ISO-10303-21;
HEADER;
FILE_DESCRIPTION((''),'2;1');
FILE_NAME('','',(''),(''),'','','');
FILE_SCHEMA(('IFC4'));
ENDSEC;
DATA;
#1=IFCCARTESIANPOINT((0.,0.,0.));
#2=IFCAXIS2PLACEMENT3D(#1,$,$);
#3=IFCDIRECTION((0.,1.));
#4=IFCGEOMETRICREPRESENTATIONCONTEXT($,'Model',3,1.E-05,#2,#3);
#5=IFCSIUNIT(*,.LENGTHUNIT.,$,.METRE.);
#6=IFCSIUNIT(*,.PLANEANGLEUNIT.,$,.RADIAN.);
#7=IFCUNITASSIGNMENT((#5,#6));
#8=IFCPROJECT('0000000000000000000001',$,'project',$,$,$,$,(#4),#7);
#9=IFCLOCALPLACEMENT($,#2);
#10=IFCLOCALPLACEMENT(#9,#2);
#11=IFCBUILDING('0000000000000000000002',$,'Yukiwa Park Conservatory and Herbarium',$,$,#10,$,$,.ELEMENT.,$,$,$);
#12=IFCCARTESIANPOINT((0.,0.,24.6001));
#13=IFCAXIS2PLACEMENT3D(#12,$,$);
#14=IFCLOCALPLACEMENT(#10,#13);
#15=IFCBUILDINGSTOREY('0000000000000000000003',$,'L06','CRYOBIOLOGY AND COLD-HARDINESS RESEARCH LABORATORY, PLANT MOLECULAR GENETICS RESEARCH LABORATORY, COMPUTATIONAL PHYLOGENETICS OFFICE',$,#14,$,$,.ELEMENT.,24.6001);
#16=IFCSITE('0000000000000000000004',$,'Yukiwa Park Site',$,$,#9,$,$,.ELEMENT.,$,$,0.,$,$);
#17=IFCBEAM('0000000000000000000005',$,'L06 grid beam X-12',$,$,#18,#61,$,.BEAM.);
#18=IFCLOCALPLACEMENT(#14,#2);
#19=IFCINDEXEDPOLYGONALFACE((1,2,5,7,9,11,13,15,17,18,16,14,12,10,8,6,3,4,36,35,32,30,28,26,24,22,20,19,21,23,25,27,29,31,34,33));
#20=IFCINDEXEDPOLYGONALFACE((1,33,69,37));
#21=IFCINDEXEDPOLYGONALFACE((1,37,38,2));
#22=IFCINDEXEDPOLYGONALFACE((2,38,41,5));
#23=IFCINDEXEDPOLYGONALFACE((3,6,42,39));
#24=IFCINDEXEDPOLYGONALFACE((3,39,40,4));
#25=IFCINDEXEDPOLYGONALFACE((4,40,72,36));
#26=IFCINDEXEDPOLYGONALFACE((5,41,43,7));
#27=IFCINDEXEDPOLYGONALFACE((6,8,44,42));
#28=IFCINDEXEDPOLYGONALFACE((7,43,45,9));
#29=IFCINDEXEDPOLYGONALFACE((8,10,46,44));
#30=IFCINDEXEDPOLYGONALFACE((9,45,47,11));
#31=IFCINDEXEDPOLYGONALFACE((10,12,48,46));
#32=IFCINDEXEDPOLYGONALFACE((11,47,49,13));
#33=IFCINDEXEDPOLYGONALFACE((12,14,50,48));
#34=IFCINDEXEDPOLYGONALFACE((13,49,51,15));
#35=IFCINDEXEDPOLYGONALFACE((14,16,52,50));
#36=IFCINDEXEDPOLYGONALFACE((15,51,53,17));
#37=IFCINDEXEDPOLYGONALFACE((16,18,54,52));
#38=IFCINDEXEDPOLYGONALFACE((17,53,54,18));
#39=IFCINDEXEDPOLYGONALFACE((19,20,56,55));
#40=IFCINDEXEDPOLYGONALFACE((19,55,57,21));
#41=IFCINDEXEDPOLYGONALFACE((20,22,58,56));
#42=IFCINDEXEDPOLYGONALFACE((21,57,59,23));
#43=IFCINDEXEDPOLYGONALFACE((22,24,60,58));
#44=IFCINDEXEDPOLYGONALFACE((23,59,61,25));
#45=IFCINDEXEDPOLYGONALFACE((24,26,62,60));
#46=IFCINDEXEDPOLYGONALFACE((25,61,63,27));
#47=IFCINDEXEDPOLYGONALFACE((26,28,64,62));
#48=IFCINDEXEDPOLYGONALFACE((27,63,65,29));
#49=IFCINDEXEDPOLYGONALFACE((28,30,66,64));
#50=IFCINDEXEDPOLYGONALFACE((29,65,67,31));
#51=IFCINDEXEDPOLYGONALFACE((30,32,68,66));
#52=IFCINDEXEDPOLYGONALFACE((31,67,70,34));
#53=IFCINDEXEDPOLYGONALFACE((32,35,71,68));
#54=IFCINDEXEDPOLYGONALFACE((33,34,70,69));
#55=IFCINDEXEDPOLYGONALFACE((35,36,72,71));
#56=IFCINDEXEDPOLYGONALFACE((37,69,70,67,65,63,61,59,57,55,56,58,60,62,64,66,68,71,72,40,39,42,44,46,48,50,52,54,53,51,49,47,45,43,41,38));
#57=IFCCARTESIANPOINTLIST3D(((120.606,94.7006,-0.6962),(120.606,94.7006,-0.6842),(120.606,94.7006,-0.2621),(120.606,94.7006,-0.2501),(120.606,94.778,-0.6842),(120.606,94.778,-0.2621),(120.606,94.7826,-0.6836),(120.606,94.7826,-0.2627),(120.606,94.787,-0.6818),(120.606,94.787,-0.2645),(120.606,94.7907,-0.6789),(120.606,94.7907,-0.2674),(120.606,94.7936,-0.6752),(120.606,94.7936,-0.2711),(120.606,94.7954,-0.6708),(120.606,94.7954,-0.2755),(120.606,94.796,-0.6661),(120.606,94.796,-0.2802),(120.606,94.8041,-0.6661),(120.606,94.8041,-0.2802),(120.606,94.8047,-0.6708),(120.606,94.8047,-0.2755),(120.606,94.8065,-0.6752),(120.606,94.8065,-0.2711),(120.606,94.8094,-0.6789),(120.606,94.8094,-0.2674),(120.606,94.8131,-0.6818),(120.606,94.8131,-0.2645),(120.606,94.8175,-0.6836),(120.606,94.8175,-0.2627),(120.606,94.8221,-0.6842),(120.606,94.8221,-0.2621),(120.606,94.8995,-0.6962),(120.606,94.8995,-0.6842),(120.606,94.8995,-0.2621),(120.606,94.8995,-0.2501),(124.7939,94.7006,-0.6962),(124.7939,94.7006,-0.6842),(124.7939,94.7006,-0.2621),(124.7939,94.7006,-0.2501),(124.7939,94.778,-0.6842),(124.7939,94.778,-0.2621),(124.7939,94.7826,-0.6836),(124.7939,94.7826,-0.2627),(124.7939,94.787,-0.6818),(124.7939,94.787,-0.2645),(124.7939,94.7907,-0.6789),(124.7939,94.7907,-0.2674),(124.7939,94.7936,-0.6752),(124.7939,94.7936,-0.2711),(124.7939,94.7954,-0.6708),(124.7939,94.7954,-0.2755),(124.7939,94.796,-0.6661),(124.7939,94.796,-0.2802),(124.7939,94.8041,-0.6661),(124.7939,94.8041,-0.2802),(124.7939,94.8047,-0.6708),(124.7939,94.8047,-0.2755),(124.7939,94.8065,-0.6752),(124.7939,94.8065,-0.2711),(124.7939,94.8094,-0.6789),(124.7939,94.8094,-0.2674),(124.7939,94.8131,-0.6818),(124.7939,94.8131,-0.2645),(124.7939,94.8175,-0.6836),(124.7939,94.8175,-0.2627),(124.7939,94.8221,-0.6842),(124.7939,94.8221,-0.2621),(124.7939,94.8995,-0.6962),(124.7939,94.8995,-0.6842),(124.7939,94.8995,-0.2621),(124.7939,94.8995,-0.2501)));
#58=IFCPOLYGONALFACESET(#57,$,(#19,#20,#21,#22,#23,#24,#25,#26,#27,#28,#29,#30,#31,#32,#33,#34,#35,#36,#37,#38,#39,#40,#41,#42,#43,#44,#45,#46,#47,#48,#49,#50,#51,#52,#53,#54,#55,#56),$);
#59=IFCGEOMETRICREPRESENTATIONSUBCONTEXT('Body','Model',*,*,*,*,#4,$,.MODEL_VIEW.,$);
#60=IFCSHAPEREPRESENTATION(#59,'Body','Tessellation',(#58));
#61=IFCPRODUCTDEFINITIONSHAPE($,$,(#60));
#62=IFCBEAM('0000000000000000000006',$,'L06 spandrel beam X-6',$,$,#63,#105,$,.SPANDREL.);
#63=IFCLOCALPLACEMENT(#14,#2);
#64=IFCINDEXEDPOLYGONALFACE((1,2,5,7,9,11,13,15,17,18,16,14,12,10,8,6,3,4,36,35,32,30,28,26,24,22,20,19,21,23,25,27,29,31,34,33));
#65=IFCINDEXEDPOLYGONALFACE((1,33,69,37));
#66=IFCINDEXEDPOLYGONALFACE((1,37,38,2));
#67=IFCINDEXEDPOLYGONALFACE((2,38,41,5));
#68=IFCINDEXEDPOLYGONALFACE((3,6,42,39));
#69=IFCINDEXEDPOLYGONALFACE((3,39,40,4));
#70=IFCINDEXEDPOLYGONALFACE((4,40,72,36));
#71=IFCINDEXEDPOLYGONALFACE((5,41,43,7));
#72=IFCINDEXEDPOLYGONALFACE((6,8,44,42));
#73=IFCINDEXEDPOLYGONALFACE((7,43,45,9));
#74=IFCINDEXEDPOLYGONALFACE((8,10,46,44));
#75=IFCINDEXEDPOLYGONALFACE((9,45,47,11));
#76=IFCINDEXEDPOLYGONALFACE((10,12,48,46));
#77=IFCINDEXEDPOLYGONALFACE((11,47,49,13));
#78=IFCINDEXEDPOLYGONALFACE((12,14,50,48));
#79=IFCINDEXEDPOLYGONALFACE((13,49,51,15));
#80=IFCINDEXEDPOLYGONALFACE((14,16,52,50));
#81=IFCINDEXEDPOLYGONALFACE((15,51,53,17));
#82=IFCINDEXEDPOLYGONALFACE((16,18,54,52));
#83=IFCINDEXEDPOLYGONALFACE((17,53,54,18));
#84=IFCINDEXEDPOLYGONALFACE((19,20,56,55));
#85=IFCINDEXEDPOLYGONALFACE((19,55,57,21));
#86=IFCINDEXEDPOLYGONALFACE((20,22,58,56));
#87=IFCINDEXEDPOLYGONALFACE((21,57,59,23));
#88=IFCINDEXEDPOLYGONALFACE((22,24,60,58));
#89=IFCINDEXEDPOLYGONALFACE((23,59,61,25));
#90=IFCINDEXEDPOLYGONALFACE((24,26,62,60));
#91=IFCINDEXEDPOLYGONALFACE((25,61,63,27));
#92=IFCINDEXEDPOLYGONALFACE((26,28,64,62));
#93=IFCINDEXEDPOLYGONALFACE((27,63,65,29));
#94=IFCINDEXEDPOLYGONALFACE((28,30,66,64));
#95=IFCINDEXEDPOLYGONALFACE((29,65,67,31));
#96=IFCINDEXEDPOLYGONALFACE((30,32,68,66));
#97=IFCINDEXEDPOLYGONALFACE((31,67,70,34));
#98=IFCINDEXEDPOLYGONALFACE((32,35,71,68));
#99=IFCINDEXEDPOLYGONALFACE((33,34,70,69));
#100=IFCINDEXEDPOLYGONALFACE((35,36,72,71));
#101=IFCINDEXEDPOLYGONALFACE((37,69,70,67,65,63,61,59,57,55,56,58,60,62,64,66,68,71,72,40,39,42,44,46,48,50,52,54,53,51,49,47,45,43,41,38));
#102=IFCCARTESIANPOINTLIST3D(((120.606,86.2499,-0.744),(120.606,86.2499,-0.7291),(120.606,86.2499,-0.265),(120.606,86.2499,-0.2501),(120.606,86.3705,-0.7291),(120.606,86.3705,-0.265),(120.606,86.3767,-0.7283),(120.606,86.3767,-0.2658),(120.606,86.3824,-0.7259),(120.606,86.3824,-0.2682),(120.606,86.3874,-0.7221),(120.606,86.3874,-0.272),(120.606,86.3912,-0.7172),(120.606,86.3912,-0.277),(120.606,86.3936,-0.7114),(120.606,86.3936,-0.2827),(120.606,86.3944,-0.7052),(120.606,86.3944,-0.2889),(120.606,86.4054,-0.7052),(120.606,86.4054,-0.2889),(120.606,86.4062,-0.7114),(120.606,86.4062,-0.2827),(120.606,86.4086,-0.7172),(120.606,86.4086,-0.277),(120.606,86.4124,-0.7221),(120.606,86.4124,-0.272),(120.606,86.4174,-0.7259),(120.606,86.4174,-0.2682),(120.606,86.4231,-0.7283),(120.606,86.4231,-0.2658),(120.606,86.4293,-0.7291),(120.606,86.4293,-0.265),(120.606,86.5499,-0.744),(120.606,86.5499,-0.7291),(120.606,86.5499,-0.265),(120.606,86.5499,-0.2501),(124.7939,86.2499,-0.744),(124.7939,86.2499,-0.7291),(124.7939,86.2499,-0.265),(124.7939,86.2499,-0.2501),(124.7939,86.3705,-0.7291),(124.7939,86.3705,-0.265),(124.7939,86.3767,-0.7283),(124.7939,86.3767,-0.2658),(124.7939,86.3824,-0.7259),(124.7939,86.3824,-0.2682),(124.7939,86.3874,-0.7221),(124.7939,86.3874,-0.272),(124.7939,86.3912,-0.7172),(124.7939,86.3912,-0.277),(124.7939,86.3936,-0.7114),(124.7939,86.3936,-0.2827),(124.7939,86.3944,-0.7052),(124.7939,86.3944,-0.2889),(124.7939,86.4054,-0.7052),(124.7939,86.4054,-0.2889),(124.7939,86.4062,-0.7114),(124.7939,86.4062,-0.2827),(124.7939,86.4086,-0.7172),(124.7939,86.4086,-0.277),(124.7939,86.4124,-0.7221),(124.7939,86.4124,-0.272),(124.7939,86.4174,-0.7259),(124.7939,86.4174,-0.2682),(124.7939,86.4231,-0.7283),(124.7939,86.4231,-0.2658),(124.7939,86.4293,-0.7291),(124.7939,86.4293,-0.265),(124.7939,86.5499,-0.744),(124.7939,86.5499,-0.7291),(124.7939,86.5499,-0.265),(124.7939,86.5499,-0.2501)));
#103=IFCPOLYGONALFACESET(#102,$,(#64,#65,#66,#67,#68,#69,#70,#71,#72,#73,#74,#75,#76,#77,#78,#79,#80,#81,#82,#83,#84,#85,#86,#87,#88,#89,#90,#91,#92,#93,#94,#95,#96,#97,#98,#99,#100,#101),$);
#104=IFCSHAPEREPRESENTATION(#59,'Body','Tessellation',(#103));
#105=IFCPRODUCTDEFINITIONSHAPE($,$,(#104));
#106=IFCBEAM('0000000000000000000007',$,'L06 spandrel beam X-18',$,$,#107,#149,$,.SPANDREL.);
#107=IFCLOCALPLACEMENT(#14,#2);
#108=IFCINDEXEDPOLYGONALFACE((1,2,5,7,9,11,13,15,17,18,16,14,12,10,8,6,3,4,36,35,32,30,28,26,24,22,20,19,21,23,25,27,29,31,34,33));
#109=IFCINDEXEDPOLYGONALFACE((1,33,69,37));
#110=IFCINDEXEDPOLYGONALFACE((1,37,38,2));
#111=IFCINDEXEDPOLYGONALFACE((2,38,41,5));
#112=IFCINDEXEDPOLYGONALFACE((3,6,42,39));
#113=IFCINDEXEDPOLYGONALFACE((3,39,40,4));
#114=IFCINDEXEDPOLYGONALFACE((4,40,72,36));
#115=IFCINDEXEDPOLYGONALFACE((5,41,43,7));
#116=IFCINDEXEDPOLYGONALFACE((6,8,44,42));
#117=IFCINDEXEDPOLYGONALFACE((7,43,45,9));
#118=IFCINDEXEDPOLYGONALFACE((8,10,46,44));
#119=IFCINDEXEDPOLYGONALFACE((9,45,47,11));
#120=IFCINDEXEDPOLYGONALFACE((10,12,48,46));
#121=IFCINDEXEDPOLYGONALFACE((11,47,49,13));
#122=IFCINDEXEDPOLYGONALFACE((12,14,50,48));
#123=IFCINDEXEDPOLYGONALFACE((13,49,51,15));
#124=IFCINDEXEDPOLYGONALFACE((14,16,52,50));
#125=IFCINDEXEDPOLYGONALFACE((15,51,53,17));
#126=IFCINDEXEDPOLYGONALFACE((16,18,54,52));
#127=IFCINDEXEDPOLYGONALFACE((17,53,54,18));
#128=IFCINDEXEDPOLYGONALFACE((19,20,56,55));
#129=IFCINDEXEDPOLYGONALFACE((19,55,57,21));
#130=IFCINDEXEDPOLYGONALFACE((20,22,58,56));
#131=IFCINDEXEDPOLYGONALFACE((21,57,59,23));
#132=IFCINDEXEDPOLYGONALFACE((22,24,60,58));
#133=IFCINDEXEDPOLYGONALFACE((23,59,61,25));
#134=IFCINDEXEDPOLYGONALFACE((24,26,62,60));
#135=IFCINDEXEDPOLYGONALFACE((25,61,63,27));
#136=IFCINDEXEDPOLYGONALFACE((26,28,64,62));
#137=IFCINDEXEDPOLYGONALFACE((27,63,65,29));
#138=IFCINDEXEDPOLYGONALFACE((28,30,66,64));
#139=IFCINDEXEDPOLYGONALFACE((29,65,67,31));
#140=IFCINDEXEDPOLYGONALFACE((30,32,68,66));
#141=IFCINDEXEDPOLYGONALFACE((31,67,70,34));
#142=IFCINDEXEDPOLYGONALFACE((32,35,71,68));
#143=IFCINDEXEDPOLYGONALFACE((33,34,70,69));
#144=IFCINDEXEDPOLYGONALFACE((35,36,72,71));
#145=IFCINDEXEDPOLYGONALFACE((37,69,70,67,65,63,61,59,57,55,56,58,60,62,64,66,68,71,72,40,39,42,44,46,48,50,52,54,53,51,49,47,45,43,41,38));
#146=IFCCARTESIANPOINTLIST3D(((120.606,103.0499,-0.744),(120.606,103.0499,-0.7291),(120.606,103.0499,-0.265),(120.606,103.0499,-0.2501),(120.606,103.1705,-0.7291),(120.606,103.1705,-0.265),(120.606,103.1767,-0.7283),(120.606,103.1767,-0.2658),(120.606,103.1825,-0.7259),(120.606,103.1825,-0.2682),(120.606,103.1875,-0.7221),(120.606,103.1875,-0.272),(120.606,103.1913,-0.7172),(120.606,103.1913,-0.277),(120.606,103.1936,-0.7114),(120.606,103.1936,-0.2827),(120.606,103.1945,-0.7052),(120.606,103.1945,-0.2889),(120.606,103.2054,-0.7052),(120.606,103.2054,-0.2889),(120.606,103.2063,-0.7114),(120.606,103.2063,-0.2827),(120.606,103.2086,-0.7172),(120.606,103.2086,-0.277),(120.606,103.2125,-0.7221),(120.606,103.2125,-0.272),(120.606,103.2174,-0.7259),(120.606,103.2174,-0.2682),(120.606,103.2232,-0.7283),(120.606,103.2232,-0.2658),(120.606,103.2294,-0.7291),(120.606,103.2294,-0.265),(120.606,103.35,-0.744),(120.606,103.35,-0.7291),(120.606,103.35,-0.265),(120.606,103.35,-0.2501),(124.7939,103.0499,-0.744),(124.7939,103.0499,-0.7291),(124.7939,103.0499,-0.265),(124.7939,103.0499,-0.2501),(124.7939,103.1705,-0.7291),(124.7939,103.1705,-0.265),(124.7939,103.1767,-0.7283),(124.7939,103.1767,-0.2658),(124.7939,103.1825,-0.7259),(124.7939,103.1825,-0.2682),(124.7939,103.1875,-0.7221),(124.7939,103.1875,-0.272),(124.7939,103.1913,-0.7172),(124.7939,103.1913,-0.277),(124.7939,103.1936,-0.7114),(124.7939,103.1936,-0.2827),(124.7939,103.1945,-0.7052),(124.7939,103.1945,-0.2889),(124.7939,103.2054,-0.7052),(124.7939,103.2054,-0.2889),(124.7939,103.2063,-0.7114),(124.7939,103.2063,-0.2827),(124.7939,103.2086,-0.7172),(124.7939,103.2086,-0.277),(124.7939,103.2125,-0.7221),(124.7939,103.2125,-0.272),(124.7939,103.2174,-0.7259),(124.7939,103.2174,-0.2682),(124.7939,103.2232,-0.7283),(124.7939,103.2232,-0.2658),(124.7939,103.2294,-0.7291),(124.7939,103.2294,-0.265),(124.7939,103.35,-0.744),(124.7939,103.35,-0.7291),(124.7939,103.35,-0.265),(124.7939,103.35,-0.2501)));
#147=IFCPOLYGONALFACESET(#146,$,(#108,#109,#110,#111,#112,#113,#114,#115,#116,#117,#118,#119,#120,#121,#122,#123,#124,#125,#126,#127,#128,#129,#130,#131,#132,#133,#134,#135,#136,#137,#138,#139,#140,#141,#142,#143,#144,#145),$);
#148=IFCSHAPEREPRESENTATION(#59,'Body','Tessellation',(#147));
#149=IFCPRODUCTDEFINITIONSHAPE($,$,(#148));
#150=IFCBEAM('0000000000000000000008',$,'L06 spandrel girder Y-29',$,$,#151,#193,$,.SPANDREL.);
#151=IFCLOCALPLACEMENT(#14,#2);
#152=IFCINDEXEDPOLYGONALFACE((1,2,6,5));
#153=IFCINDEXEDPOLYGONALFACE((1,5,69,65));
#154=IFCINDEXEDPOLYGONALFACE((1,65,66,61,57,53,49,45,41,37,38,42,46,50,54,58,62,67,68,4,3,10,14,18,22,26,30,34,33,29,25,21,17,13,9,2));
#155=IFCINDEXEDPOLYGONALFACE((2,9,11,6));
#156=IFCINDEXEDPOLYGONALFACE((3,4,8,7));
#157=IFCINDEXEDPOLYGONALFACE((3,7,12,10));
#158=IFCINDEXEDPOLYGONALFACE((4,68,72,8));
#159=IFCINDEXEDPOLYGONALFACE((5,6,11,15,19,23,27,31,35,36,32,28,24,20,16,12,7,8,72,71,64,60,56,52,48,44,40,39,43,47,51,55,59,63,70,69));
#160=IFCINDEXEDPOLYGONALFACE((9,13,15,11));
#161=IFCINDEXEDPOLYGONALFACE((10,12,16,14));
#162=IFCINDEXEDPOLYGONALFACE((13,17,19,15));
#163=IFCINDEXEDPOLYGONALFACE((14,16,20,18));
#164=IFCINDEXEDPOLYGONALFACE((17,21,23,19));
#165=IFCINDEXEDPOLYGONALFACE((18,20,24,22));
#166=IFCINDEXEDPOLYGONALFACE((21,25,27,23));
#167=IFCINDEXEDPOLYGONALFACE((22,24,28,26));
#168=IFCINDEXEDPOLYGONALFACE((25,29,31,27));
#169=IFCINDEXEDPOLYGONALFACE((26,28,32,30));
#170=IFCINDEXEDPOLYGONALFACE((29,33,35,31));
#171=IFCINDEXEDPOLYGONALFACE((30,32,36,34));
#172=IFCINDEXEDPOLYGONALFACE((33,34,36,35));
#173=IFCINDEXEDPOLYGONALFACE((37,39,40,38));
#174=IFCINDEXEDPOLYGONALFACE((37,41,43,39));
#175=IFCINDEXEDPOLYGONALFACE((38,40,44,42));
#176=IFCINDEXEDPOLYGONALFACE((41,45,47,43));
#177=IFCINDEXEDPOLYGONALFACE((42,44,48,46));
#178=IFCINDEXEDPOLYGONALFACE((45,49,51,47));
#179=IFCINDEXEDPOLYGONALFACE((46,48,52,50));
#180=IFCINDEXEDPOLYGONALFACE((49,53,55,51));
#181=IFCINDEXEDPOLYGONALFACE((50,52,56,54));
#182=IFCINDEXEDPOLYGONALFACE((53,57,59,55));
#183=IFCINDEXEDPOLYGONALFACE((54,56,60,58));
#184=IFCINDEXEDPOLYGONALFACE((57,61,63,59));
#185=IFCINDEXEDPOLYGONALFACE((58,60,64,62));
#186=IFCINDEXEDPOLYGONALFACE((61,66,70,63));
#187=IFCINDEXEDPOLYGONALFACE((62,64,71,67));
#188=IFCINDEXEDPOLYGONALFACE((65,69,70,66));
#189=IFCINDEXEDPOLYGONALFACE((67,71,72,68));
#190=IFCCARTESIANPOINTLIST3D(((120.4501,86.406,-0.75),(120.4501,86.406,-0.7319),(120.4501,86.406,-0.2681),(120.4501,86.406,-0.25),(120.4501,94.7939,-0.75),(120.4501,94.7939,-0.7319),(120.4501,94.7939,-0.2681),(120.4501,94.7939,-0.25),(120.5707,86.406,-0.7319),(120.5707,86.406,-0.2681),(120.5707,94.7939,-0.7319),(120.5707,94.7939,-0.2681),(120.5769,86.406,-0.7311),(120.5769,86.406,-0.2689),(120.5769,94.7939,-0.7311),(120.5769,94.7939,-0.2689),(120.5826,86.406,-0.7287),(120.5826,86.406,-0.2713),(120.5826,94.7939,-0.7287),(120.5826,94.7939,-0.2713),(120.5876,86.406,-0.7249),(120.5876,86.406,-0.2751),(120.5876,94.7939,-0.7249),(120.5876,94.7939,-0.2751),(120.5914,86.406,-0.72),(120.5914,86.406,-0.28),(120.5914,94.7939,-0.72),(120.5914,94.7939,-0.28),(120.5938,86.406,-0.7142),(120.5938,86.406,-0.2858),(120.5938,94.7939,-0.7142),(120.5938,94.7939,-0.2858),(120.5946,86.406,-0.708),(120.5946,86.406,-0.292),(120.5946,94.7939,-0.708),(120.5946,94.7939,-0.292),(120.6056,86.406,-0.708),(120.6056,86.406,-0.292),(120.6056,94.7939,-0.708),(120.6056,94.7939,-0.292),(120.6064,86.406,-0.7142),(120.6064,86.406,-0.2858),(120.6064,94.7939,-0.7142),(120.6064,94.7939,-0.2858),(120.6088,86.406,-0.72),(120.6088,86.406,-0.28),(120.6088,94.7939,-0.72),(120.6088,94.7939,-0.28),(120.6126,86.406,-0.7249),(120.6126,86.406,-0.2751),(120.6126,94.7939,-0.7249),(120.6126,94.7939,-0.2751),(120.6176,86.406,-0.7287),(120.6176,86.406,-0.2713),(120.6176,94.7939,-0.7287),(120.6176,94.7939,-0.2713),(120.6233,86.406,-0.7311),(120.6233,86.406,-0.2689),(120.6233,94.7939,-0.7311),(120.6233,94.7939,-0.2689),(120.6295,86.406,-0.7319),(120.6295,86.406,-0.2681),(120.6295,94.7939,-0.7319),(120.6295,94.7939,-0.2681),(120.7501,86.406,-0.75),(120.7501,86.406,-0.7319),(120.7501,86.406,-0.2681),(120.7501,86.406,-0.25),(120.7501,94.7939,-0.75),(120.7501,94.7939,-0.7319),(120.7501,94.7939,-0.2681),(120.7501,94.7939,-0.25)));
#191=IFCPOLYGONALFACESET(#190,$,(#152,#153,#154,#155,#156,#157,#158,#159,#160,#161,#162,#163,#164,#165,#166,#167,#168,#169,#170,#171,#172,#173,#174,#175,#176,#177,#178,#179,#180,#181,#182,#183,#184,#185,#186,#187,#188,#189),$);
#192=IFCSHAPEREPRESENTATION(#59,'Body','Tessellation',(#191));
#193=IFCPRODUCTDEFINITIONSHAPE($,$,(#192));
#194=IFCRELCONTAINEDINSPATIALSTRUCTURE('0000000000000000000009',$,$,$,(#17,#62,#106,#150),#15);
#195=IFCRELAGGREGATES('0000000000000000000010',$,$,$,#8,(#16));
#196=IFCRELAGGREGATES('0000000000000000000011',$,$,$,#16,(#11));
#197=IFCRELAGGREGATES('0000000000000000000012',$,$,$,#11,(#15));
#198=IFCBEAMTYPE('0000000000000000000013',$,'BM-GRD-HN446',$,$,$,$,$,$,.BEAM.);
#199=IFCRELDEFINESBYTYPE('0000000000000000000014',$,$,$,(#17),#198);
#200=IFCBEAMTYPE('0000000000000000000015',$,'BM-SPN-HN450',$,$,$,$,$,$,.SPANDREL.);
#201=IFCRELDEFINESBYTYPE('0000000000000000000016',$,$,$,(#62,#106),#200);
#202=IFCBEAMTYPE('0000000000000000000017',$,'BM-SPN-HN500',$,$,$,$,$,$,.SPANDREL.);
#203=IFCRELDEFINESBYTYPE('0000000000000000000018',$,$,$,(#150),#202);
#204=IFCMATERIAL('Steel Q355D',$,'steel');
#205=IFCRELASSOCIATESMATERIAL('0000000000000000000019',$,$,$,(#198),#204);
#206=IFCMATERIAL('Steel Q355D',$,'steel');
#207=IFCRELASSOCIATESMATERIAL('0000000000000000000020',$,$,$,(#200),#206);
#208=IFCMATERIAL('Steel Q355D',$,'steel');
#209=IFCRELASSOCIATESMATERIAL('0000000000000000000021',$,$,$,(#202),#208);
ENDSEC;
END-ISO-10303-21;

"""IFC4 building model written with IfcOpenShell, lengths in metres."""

from ifc_helpers import new_model, si_unit, direction, frame, origin, origin_2d, place, context, subcontext, project, spatial, i_section, extrude, material, material_profile, profile_set, type_object, element, save


model = new_model("IFC4")

# Units and contexts
model_context = context("Model", 3, precision=1e-05, world=origin(), true_north=direction((0.0, 1.0)))
body_context = subcontext(model_context, "Body", "Model", "MODEL_VIEW")
ifc_project = project(units=[si_unit("LENGTHUNIT", "METRE"), si_unit("PLANEANGLEUNIT", "RADIAN")], contexts=[model_context])

# Site, building, storey
site_placement = place(None, origin())
site = spatial("IfcSite", under=ifc_project, at=site_placement, Name="Yukiwa Park Site", CompositionType="ELEMENT", RefElevation=0.0)
building_placement = place(site_placement, origin())
building = spatial("IfcBuilding", under=site, at=building_placement, Name="Yukiwa Park Conservatory and Herbarium", CompositionType="ELEMENT")
storey_placement = place(building_placement, frame((0.0, 0.0, 24.6001)))
storey = spatial("IfcBuildingStorey", under=building, at=storey_placement, Name="L06", Description="CRYOBIOLOGY AND COLD-HARDINESS RESEARCH LABORATORY, PLANT MOLECULAR GENETICS RESEARCH LABORATORY, COMPUTATIONAL PHYLOGENETICS OFFICE", CompositionType="ELEMENT", Elevation=24.6001)

# Beams
ifc_material_1 = material(Name="Steel Q355D", Category="steel")
ifc_material_profile_1 = material_profile(ifc_material_1, i_section(OverallWidth=0.199, OverallDepth=0.446, WebThickness=0.0081, FlangeThickness=0.012, FilletRadius=0.0181, at=origin_2d()), Name="HN 446x199x8x12")
ifc_profile_set_1 = profile_set([ifc_material_profile_1], Name="Steel Q355D")
beam_type_1 = type_object("IfcBeamType", Name="BM-GRD-HN446", PredefinedType="BEAM", material=ifc_profile_set_1)
beam_1_placement = place(storey_placement, frame((120.606, 94.8, -0.4731), z_axis=(1.0, 0.0, 0.0), x_axis=(0.0, 1.0, 0.0)))
element("IfcBeam", 1, at=beam_1_placement, inside=storey, type_object=beam_type_1, Name="L06 grid beam X-12", PredefinedType="BEAM", context=body_context, shape_type="SweptSolid", body=[
    extrude(i_section(OverallWidth=0.199, OverallDepth=0.446, WebThickness=0.0081, FlangeThickness=0.012, FilletRadius=0.0181, at=origin_2d()), origin(), (0.0, 0.0, 1.0), 4.188),
])
ifc_material_2 = material(Name="Steel Q355D", Category="steel")
ifc_material_profile_2 = material_profile(ifc_material_2, i_section(OverallWidth=0.3, OverallDepth=0.4939, WebThickness=0.011, FlangeThickness=0.0149, FilletRadius=0.0239, at=origin_2d()), Name="HM 494x300x11x15")
ifc_profile_set_2 = profile_set([ifc_material_profile_2], Name="Steel Q355D")
beam_type_2 = type_object("IfcBeamType", Name="BM-SPN-HN450", PredefinedType="SPANDREL", material=ifc_profile_set_2)
for number, where, z_axis, x_axis, name in (
    (2, (120.606, 86.3999, -0.4971), (1.0, 0.0, 0.0), (0.0, 1.0, 0.0), "L06 spandrel beam X-6"),
    (3, (120.606, 103.2, -0.4971), (1.0, 0.0, 0.0), (0.0, 1.0, 0.0), "L06 spandrel beam X-18"),
):
    element("IfcBeam", number, at=place(storey_placement, frame(where, z_axis=z_axis, x_axis=x_axis)), inside=storey, type_object=beam_type_2, Name=name, PredefinedType="SPANDREL", context=body_context, shape_type="SweptSolid", body=[
        extrude(i_section(OverallWidth=0.3, OverallDepth=0.4939, WebThickness=0.011, FlangeThickness=0.0149, FilletRadius=0.0239, at=origin_2d()), origin(), (0.0, 0.0, 1.0), 4.188),
    ])
ifc_material_3 = material(Name="Steel Q355D", Category="steel")
ifc_material_profile_3 = material_profile(ifc_material_3, i_section(OverallWidth=0.3, OverallDepth=0.5, WebThickness=0.011, FlangeThickness=0.0181, FilletRadius=0.0239, at=origin_2d()), Name="HM 500x300x11x18")
ifc_profile_set_3 = profile_set([ifc_material_profile_3], Name="Steel Q355D")
beam_type_3 = type_object("IfcBeamType", Name="BM-SPN-HN500", PredefinedType="SPANDREL", material=ifc_profile_set_3)
beam_2_placement = place(storey_placement, frame((120.6001, 86.406, -0.5), z_axis=(0.0, 1.0, 0.0), x_axis=(-1.0, 0.0, 0.0)))
element("IfcBeam", 4, at=beam_2_placement, inside=storey, type_object=beam_type_3, Name="L06 spandrel girder Y-29", PredefinedType="SPANDREL", context=body_context, shape_type="SweptSolid", body=[
    extrude(i_section(OverallWidth=0.3, OverallDepth=0.5, WebThickness=0.011, FlangeThickness=0.0181, FilletRadius=0.0239, at=origin_2d()), origin(), (0.0, 0.0, 1.0), 8.3879),
])

save(model, "model.ifc")
